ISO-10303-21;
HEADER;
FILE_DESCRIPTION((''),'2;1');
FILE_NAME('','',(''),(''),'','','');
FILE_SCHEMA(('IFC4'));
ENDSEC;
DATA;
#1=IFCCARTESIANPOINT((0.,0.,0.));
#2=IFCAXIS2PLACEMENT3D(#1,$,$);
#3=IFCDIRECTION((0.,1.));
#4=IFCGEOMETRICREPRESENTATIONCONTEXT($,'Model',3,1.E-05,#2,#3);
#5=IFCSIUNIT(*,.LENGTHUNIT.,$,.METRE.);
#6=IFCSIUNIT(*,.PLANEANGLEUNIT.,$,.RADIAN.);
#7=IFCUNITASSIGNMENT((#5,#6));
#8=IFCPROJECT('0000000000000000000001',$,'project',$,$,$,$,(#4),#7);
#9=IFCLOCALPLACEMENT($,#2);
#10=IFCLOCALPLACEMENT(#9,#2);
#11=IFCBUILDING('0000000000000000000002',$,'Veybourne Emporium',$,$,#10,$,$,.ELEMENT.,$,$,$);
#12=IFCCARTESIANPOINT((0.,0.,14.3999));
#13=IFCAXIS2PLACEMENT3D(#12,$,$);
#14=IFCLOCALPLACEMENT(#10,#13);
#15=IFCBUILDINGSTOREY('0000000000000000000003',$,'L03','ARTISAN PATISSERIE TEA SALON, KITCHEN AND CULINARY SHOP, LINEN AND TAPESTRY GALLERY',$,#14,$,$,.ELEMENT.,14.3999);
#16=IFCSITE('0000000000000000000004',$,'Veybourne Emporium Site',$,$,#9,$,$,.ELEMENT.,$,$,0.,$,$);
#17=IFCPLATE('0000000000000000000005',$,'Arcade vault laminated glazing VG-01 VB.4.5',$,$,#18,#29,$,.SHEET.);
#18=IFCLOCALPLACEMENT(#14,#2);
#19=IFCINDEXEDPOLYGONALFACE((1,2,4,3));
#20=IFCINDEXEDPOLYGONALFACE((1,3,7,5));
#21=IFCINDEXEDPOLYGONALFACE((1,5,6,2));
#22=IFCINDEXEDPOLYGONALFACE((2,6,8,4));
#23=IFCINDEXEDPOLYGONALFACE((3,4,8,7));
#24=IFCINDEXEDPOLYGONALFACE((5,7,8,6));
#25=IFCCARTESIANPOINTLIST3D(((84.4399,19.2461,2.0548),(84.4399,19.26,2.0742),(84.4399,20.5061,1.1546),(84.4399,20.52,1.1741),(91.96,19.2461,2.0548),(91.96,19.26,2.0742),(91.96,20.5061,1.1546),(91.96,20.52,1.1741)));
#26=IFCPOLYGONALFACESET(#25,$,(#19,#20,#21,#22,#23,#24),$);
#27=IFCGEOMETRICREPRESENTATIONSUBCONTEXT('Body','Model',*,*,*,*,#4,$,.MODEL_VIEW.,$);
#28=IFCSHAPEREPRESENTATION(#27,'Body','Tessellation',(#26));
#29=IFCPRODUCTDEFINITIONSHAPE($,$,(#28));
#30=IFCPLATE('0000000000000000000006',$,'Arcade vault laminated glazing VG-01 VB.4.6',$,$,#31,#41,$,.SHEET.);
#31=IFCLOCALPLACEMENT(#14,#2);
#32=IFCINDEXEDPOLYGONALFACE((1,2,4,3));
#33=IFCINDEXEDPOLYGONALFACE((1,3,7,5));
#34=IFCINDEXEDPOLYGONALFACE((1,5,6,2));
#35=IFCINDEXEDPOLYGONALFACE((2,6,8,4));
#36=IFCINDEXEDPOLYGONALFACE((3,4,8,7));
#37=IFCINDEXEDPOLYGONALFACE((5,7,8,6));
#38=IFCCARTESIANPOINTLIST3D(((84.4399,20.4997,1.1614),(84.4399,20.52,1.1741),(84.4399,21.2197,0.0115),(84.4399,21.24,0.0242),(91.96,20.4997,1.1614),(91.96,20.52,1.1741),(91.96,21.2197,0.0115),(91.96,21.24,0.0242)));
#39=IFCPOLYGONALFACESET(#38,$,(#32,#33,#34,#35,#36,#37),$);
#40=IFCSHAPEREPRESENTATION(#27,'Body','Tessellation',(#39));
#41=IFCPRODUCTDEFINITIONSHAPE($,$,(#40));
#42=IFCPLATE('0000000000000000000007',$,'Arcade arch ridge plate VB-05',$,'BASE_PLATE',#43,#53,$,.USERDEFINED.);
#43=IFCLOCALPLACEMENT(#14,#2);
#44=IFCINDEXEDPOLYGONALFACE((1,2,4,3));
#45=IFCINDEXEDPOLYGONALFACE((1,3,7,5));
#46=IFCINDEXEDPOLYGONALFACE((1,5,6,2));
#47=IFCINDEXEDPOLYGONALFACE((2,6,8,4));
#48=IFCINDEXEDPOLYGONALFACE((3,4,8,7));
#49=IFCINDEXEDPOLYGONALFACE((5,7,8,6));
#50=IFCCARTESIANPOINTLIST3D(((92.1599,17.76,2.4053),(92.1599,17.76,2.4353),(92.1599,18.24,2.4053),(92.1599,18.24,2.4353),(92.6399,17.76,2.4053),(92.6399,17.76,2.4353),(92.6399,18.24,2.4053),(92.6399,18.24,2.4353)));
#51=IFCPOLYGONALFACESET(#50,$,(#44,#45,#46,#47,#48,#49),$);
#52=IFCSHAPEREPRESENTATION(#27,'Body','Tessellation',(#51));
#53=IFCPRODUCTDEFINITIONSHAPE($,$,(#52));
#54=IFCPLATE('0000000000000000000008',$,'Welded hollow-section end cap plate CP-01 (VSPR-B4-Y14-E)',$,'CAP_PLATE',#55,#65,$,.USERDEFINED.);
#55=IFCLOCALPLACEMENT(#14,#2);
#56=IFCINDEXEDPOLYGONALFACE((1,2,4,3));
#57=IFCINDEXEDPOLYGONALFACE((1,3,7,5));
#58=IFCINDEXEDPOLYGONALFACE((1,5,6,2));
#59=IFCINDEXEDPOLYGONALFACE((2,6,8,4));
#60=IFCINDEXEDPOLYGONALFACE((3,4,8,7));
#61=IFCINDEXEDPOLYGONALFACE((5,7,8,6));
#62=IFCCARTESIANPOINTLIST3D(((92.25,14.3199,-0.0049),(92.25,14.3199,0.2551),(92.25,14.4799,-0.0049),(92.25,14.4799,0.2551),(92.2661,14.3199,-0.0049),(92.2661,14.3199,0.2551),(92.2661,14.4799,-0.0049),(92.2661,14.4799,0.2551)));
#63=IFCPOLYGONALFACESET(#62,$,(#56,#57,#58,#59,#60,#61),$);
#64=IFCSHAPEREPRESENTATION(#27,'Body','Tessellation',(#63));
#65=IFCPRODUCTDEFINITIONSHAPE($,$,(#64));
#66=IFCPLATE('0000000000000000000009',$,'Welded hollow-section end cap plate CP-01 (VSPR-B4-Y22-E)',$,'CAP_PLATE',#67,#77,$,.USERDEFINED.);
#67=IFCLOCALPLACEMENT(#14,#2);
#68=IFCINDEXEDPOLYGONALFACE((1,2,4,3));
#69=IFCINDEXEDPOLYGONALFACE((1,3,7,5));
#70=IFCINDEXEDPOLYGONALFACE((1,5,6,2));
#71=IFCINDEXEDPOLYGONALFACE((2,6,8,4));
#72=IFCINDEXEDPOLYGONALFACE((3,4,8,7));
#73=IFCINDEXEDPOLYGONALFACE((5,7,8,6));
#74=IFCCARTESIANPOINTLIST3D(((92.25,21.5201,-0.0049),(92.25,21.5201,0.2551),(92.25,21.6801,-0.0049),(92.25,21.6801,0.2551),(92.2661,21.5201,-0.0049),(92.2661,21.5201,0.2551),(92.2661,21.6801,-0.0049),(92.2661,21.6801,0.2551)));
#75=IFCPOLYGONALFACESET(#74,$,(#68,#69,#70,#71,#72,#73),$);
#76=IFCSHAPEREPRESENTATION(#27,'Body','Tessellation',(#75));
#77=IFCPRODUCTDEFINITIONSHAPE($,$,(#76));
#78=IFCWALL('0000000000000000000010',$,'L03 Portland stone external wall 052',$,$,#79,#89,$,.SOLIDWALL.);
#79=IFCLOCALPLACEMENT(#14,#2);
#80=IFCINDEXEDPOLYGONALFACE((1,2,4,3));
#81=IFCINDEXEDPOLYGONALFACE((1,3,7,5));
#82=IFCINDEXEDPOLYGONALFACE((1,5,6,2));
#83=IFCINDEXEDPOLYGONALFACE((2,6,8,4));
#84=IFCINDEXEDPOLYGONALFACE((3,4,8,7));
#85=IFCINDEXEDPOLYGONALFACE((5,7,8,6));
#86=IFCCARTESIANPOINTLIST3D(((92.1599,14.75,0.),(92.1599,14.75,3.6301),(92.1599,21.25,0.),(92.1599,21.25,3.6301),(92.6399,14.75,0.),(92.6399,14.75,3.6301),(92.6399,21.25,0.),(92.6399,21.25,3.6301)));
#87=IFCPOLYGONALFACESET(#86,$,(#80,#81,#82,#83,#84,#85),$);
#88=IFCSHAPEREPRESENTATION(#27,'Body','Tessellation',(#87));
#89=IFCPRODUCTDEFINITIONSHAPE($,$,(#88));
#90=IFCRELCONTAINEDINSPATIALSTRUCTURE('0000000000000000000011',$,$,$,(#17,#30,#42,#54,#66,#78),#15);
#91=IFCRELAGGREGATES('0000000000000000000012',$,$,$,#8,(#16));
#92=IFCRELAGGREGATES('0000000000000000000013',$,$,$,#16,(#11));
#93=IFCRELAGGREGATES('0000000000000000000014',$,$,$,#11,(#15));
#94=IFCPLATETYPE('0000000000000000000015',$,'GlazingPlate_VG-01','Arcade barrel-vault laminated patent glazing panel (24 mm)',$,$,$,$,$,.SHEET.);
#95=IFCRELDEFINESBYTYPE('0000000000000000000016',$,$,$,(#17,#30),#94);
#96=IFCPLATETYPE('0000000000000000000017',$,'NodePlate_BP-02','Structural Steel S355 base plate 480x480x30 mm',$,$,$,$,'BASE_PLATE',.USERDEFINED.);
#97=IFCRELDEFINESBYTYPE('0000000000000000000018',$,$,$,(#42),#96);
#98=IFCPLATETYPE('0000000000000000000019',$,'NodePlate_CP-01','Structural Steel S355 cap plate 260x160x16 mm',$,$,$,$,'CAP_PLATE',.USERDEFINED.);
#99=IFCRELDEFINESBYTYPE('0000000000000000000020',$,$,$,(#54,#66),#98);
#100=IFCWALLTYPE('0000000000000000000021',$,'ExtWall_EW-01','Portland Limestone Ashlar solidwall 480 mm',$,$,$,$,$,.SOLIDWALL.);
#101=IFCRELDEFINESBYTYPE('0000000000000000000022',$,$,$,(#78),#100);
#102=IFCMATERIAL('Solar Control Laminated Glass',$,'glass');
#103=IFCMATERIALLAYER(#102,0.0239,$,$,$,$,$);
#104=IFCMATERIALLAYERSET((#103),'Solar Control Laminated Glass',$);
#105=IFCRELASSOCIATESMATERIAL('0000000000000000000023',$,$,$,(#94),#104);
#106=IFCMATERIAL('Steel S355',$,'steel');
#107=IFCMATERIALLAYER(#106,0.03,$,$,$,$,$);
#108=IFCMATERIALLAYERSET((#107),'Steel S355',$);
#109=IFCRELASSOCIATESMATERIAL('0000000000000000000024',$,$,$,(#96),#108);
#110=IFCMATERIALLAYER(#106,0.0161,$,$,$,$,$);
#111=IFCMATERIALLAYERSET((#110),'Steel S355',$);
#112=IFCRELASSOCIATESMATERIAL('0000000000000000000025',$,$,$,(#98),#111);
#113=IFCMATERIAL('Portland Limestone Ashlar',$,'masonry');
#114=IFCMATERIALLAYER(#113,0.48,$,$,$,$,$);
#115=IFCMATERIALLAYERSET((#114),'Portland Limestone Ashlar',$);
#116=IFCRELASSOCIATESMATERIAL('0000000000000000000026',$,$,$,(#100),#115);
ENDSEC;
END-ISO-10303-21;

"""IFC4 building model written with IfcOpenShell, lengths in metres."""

from ifc_helpers import new_model, si_unit, direction, frame, frame_2d, origin, origin_2d, place, context, subcontext, project, spatial, polyline, rectangle, outline, extrude, material, layer, layer_set, type_object, element, save


model = new_model("IFC4")

# Units and contexts
model_context = context("Model", 3, precision=1e-05, world=origin(), true_north=direction((0.0, 1.0)))
body_context = subcontext(model_context, "Body", "Model", "MODEL_VIEW")
ifc_project = project(units=[si_unit("LENGTHUNIT", "METRE"), si_unit("PLANEANGLEUNIT", "RADIAN")], contexts=[model_context])

# Site, building, storey
site_placement = place(None, origin())
site = spatial("IfcSite", under=ifc_project, at=site_placement, Name="Veybourne Emporium Site", CompositionType="ELEMENT", RefElevation=0.0)
building_placement = place(site_placement, origin())
building = spatial("IfcBuilding", under=site, at=building_placement, Name="Veybourne Emporium", CompositionType="ELEMENT")
storey_placement = place(building_placement, frame((0.0, 0.0, 14.3999)))
storey = spatial("IfcBuildingStorey", under=building, at=storey_placement, Name="L03", Description="ARTISAN PATISSERIE TEA SALON, KITCHEN AND CULINARY SHOP, LINEN AND TAPESTRY GALLERY", CompositionType="ELEMENT", Elevation=14.3999)

# Shared definitions
ifc_material_1 = material(Name="Steel S355", Category="steel")

# Plates
ifc_material_2 = material(Name="Solar Control Laminated Glass", Category="glass")
ifc_layer_1 = layer(ifc_material_2, 0.0239)
ifc_layer_set_1 = layer_set([ifc_layer_1], Name="Solar Control Laminated Glass")
plate_type_1 = type_object("IfcPlateType", Name="GlazingPlate_VG-01", Description="Arcade barrel-vault laminated patent glazing panel (24 mm)", PredefinedType="SHEET", material=ifc_layer_set_1)
plate_1_placement = place(storey_placement, frame((84.4399, 19.26, 2.0742), z_axis=(0.0, 0.581298, 0.813691), x_axis=(1.0, 0.0, 0.0)))
element("IfcPlate", 1, at=plate_1_placement, inside=storey, type_object=plate_type_1, Name="Arcade vault laminated glazing VG-01 VB.4.5", PredefinedType="SHEET", context=body_context, shape_type="SweptSolid", body=[
    extrude(outline(polyline([(0.0, 0.0), (7.52, 0.0), (7.52, 1.5485), (0.0, 1.5485), (0.0, 0.0)])), origin(), (0.0, 0.0, -1.0), 0.0239),
])
plate_2_placement = place(storey_placement, frame((84.4399, 20.52, 1.1741), z_axis=(0.0, 0.847573, 0.530678), x_axis=(1.0, 0.0, 0.0)))
element("IfcPlate", 2, at=plate_2_placement, inside=storey, type_object=plate_type_1, Name="Arcade vault laminated glazing VG-01 VB.4.6", PredefinedType="SHEET", context=body_context, shape_type="SweptSolid", body=[
    extrude(outline(polyline([(0.0, 0.0), (7.52, 0.0), (7.52, 1.3567), (0.0, 1.3567), (0.0, 0.0)])), origin(), (0.0, 0.0, -1.0), 0.0239),
])
ifc_layer_2 = layer(ifc_material_1, 0.03)
ifc_layer_set_2 = layer_set([ifc_layer_2], Name="Steel S355")
plate_type_2 = type_object("IfcPlateType", Name="NodePlate_BP-02", Description="Structural Steel S355 base plate 480x480x30 mm", ElementType="BASE_PLATE", PredefinedType="USERDEFINED", material=ifc_layer_set_2)
plate_3_placement = place(storey_placement, frame((92.3999, 18.0, 2.4053), z_axis=(0.0, 0.0, 1.0), x_axis=(1.0, 0.0, 0.0)))
element("IfcPlate", 3, at=plate_3_placement, inside=storey, type_object=plate_type_2, Name="Arcade arch ridge plate VB-05", ObjectType="BASE_PLATE", PredefinedType="USERDEFINED", context=body_context, shape_type="SweptSolid", body=[
    extrude(rectangle(XDim=0.48, YDim=0.48, at=origin_2d()), origin(), (0.0, 0.0, 1.0), 0.03),
])
ifc_layer_3 = layer(ifc_material_1, 0.0161)
ifc_layer_set_3 = layer_set([ifc_layer_3], Name="Steel S355")
plate_type_3 = type_object("IfcPlateType", Name="NodePlate_CP-01", Description="Structural Steel S355 cap plate 260x160x16 mm", ElementType="CAP_PLATE", PredefinedType="USERDEFINED", material=ifc_layer_set_3)
for number, where, z_axis, x_axis, name in (
    (4, (92.2581, 14.3999, -0.0049), (0.0, 0.0, 1.0), (1.0, 0.0, 0.0), "Welded hollow-section end cap plate CP-01 (VSPR-B4-Y14-E)"),
    (5, (92.2581, 21.6001, -0.0049), (0.0, 0.0, 1.0), (1.0, 0.0, 0.0), "Welded hollow-section end cap plate CP-01 (VSPR-B4-Y22-E)"),
):
    element("IfcPlate", number, at=place(storey_placement, frame(where, z_axis=z_axis, x_axis=x_axis)), inside=storey, type_object=plate_type_3, Name=name, ObjectType="CAP_PLATE", PredefinedType="USERDEFINED", context=body_context, shape_type="SweptSolid", body=[
        extrude(rectangle(XDim=0.0161, YDim=0.1599, at=origin_2d()), origin(), (0.0, 0.0, 1.0), 0.26),
    ])

# Wall
ifc_material_3 = material(Name="Portland Limestone Ashlar", Category="masonry")
ifc_layer_4 = layer(ifc_material_3, 0.48)
ifc_layer_set_4 = layer_set([ifc_layer_4], Name="Portland Limestone Ashlar")
wall_type = type_object("IfcWallType", Name="ExtWall_EW-01", Description="Portland Limestone Ashlar solidwall 480 mm", PredefinedType="SOLIDWALL", material=ifc_layer_set_4)
wall_placement = place(storey_placement, frame((92.3999, 14.75, 0.0), z_axis=(0.0, 0.0, 1.0), x_axis=(0.0, 1.0, 0.0)))
element("IfcWall", 6, at=wall_placement, inside=storey, type_object=wall_type, Name="L03 Portland stone external wall 052", PredefinedType="SOLIDWALL", context=body_context, shape_type="SweptSolid", body=[
    extrude(rectangle(XDim=6.5, YDim=0.48, at=frame_2d((3.25, 0.0))), origin(), (0.0, 0.0, 1.0), 3.6301),
])

save(model, "model.ifc")
